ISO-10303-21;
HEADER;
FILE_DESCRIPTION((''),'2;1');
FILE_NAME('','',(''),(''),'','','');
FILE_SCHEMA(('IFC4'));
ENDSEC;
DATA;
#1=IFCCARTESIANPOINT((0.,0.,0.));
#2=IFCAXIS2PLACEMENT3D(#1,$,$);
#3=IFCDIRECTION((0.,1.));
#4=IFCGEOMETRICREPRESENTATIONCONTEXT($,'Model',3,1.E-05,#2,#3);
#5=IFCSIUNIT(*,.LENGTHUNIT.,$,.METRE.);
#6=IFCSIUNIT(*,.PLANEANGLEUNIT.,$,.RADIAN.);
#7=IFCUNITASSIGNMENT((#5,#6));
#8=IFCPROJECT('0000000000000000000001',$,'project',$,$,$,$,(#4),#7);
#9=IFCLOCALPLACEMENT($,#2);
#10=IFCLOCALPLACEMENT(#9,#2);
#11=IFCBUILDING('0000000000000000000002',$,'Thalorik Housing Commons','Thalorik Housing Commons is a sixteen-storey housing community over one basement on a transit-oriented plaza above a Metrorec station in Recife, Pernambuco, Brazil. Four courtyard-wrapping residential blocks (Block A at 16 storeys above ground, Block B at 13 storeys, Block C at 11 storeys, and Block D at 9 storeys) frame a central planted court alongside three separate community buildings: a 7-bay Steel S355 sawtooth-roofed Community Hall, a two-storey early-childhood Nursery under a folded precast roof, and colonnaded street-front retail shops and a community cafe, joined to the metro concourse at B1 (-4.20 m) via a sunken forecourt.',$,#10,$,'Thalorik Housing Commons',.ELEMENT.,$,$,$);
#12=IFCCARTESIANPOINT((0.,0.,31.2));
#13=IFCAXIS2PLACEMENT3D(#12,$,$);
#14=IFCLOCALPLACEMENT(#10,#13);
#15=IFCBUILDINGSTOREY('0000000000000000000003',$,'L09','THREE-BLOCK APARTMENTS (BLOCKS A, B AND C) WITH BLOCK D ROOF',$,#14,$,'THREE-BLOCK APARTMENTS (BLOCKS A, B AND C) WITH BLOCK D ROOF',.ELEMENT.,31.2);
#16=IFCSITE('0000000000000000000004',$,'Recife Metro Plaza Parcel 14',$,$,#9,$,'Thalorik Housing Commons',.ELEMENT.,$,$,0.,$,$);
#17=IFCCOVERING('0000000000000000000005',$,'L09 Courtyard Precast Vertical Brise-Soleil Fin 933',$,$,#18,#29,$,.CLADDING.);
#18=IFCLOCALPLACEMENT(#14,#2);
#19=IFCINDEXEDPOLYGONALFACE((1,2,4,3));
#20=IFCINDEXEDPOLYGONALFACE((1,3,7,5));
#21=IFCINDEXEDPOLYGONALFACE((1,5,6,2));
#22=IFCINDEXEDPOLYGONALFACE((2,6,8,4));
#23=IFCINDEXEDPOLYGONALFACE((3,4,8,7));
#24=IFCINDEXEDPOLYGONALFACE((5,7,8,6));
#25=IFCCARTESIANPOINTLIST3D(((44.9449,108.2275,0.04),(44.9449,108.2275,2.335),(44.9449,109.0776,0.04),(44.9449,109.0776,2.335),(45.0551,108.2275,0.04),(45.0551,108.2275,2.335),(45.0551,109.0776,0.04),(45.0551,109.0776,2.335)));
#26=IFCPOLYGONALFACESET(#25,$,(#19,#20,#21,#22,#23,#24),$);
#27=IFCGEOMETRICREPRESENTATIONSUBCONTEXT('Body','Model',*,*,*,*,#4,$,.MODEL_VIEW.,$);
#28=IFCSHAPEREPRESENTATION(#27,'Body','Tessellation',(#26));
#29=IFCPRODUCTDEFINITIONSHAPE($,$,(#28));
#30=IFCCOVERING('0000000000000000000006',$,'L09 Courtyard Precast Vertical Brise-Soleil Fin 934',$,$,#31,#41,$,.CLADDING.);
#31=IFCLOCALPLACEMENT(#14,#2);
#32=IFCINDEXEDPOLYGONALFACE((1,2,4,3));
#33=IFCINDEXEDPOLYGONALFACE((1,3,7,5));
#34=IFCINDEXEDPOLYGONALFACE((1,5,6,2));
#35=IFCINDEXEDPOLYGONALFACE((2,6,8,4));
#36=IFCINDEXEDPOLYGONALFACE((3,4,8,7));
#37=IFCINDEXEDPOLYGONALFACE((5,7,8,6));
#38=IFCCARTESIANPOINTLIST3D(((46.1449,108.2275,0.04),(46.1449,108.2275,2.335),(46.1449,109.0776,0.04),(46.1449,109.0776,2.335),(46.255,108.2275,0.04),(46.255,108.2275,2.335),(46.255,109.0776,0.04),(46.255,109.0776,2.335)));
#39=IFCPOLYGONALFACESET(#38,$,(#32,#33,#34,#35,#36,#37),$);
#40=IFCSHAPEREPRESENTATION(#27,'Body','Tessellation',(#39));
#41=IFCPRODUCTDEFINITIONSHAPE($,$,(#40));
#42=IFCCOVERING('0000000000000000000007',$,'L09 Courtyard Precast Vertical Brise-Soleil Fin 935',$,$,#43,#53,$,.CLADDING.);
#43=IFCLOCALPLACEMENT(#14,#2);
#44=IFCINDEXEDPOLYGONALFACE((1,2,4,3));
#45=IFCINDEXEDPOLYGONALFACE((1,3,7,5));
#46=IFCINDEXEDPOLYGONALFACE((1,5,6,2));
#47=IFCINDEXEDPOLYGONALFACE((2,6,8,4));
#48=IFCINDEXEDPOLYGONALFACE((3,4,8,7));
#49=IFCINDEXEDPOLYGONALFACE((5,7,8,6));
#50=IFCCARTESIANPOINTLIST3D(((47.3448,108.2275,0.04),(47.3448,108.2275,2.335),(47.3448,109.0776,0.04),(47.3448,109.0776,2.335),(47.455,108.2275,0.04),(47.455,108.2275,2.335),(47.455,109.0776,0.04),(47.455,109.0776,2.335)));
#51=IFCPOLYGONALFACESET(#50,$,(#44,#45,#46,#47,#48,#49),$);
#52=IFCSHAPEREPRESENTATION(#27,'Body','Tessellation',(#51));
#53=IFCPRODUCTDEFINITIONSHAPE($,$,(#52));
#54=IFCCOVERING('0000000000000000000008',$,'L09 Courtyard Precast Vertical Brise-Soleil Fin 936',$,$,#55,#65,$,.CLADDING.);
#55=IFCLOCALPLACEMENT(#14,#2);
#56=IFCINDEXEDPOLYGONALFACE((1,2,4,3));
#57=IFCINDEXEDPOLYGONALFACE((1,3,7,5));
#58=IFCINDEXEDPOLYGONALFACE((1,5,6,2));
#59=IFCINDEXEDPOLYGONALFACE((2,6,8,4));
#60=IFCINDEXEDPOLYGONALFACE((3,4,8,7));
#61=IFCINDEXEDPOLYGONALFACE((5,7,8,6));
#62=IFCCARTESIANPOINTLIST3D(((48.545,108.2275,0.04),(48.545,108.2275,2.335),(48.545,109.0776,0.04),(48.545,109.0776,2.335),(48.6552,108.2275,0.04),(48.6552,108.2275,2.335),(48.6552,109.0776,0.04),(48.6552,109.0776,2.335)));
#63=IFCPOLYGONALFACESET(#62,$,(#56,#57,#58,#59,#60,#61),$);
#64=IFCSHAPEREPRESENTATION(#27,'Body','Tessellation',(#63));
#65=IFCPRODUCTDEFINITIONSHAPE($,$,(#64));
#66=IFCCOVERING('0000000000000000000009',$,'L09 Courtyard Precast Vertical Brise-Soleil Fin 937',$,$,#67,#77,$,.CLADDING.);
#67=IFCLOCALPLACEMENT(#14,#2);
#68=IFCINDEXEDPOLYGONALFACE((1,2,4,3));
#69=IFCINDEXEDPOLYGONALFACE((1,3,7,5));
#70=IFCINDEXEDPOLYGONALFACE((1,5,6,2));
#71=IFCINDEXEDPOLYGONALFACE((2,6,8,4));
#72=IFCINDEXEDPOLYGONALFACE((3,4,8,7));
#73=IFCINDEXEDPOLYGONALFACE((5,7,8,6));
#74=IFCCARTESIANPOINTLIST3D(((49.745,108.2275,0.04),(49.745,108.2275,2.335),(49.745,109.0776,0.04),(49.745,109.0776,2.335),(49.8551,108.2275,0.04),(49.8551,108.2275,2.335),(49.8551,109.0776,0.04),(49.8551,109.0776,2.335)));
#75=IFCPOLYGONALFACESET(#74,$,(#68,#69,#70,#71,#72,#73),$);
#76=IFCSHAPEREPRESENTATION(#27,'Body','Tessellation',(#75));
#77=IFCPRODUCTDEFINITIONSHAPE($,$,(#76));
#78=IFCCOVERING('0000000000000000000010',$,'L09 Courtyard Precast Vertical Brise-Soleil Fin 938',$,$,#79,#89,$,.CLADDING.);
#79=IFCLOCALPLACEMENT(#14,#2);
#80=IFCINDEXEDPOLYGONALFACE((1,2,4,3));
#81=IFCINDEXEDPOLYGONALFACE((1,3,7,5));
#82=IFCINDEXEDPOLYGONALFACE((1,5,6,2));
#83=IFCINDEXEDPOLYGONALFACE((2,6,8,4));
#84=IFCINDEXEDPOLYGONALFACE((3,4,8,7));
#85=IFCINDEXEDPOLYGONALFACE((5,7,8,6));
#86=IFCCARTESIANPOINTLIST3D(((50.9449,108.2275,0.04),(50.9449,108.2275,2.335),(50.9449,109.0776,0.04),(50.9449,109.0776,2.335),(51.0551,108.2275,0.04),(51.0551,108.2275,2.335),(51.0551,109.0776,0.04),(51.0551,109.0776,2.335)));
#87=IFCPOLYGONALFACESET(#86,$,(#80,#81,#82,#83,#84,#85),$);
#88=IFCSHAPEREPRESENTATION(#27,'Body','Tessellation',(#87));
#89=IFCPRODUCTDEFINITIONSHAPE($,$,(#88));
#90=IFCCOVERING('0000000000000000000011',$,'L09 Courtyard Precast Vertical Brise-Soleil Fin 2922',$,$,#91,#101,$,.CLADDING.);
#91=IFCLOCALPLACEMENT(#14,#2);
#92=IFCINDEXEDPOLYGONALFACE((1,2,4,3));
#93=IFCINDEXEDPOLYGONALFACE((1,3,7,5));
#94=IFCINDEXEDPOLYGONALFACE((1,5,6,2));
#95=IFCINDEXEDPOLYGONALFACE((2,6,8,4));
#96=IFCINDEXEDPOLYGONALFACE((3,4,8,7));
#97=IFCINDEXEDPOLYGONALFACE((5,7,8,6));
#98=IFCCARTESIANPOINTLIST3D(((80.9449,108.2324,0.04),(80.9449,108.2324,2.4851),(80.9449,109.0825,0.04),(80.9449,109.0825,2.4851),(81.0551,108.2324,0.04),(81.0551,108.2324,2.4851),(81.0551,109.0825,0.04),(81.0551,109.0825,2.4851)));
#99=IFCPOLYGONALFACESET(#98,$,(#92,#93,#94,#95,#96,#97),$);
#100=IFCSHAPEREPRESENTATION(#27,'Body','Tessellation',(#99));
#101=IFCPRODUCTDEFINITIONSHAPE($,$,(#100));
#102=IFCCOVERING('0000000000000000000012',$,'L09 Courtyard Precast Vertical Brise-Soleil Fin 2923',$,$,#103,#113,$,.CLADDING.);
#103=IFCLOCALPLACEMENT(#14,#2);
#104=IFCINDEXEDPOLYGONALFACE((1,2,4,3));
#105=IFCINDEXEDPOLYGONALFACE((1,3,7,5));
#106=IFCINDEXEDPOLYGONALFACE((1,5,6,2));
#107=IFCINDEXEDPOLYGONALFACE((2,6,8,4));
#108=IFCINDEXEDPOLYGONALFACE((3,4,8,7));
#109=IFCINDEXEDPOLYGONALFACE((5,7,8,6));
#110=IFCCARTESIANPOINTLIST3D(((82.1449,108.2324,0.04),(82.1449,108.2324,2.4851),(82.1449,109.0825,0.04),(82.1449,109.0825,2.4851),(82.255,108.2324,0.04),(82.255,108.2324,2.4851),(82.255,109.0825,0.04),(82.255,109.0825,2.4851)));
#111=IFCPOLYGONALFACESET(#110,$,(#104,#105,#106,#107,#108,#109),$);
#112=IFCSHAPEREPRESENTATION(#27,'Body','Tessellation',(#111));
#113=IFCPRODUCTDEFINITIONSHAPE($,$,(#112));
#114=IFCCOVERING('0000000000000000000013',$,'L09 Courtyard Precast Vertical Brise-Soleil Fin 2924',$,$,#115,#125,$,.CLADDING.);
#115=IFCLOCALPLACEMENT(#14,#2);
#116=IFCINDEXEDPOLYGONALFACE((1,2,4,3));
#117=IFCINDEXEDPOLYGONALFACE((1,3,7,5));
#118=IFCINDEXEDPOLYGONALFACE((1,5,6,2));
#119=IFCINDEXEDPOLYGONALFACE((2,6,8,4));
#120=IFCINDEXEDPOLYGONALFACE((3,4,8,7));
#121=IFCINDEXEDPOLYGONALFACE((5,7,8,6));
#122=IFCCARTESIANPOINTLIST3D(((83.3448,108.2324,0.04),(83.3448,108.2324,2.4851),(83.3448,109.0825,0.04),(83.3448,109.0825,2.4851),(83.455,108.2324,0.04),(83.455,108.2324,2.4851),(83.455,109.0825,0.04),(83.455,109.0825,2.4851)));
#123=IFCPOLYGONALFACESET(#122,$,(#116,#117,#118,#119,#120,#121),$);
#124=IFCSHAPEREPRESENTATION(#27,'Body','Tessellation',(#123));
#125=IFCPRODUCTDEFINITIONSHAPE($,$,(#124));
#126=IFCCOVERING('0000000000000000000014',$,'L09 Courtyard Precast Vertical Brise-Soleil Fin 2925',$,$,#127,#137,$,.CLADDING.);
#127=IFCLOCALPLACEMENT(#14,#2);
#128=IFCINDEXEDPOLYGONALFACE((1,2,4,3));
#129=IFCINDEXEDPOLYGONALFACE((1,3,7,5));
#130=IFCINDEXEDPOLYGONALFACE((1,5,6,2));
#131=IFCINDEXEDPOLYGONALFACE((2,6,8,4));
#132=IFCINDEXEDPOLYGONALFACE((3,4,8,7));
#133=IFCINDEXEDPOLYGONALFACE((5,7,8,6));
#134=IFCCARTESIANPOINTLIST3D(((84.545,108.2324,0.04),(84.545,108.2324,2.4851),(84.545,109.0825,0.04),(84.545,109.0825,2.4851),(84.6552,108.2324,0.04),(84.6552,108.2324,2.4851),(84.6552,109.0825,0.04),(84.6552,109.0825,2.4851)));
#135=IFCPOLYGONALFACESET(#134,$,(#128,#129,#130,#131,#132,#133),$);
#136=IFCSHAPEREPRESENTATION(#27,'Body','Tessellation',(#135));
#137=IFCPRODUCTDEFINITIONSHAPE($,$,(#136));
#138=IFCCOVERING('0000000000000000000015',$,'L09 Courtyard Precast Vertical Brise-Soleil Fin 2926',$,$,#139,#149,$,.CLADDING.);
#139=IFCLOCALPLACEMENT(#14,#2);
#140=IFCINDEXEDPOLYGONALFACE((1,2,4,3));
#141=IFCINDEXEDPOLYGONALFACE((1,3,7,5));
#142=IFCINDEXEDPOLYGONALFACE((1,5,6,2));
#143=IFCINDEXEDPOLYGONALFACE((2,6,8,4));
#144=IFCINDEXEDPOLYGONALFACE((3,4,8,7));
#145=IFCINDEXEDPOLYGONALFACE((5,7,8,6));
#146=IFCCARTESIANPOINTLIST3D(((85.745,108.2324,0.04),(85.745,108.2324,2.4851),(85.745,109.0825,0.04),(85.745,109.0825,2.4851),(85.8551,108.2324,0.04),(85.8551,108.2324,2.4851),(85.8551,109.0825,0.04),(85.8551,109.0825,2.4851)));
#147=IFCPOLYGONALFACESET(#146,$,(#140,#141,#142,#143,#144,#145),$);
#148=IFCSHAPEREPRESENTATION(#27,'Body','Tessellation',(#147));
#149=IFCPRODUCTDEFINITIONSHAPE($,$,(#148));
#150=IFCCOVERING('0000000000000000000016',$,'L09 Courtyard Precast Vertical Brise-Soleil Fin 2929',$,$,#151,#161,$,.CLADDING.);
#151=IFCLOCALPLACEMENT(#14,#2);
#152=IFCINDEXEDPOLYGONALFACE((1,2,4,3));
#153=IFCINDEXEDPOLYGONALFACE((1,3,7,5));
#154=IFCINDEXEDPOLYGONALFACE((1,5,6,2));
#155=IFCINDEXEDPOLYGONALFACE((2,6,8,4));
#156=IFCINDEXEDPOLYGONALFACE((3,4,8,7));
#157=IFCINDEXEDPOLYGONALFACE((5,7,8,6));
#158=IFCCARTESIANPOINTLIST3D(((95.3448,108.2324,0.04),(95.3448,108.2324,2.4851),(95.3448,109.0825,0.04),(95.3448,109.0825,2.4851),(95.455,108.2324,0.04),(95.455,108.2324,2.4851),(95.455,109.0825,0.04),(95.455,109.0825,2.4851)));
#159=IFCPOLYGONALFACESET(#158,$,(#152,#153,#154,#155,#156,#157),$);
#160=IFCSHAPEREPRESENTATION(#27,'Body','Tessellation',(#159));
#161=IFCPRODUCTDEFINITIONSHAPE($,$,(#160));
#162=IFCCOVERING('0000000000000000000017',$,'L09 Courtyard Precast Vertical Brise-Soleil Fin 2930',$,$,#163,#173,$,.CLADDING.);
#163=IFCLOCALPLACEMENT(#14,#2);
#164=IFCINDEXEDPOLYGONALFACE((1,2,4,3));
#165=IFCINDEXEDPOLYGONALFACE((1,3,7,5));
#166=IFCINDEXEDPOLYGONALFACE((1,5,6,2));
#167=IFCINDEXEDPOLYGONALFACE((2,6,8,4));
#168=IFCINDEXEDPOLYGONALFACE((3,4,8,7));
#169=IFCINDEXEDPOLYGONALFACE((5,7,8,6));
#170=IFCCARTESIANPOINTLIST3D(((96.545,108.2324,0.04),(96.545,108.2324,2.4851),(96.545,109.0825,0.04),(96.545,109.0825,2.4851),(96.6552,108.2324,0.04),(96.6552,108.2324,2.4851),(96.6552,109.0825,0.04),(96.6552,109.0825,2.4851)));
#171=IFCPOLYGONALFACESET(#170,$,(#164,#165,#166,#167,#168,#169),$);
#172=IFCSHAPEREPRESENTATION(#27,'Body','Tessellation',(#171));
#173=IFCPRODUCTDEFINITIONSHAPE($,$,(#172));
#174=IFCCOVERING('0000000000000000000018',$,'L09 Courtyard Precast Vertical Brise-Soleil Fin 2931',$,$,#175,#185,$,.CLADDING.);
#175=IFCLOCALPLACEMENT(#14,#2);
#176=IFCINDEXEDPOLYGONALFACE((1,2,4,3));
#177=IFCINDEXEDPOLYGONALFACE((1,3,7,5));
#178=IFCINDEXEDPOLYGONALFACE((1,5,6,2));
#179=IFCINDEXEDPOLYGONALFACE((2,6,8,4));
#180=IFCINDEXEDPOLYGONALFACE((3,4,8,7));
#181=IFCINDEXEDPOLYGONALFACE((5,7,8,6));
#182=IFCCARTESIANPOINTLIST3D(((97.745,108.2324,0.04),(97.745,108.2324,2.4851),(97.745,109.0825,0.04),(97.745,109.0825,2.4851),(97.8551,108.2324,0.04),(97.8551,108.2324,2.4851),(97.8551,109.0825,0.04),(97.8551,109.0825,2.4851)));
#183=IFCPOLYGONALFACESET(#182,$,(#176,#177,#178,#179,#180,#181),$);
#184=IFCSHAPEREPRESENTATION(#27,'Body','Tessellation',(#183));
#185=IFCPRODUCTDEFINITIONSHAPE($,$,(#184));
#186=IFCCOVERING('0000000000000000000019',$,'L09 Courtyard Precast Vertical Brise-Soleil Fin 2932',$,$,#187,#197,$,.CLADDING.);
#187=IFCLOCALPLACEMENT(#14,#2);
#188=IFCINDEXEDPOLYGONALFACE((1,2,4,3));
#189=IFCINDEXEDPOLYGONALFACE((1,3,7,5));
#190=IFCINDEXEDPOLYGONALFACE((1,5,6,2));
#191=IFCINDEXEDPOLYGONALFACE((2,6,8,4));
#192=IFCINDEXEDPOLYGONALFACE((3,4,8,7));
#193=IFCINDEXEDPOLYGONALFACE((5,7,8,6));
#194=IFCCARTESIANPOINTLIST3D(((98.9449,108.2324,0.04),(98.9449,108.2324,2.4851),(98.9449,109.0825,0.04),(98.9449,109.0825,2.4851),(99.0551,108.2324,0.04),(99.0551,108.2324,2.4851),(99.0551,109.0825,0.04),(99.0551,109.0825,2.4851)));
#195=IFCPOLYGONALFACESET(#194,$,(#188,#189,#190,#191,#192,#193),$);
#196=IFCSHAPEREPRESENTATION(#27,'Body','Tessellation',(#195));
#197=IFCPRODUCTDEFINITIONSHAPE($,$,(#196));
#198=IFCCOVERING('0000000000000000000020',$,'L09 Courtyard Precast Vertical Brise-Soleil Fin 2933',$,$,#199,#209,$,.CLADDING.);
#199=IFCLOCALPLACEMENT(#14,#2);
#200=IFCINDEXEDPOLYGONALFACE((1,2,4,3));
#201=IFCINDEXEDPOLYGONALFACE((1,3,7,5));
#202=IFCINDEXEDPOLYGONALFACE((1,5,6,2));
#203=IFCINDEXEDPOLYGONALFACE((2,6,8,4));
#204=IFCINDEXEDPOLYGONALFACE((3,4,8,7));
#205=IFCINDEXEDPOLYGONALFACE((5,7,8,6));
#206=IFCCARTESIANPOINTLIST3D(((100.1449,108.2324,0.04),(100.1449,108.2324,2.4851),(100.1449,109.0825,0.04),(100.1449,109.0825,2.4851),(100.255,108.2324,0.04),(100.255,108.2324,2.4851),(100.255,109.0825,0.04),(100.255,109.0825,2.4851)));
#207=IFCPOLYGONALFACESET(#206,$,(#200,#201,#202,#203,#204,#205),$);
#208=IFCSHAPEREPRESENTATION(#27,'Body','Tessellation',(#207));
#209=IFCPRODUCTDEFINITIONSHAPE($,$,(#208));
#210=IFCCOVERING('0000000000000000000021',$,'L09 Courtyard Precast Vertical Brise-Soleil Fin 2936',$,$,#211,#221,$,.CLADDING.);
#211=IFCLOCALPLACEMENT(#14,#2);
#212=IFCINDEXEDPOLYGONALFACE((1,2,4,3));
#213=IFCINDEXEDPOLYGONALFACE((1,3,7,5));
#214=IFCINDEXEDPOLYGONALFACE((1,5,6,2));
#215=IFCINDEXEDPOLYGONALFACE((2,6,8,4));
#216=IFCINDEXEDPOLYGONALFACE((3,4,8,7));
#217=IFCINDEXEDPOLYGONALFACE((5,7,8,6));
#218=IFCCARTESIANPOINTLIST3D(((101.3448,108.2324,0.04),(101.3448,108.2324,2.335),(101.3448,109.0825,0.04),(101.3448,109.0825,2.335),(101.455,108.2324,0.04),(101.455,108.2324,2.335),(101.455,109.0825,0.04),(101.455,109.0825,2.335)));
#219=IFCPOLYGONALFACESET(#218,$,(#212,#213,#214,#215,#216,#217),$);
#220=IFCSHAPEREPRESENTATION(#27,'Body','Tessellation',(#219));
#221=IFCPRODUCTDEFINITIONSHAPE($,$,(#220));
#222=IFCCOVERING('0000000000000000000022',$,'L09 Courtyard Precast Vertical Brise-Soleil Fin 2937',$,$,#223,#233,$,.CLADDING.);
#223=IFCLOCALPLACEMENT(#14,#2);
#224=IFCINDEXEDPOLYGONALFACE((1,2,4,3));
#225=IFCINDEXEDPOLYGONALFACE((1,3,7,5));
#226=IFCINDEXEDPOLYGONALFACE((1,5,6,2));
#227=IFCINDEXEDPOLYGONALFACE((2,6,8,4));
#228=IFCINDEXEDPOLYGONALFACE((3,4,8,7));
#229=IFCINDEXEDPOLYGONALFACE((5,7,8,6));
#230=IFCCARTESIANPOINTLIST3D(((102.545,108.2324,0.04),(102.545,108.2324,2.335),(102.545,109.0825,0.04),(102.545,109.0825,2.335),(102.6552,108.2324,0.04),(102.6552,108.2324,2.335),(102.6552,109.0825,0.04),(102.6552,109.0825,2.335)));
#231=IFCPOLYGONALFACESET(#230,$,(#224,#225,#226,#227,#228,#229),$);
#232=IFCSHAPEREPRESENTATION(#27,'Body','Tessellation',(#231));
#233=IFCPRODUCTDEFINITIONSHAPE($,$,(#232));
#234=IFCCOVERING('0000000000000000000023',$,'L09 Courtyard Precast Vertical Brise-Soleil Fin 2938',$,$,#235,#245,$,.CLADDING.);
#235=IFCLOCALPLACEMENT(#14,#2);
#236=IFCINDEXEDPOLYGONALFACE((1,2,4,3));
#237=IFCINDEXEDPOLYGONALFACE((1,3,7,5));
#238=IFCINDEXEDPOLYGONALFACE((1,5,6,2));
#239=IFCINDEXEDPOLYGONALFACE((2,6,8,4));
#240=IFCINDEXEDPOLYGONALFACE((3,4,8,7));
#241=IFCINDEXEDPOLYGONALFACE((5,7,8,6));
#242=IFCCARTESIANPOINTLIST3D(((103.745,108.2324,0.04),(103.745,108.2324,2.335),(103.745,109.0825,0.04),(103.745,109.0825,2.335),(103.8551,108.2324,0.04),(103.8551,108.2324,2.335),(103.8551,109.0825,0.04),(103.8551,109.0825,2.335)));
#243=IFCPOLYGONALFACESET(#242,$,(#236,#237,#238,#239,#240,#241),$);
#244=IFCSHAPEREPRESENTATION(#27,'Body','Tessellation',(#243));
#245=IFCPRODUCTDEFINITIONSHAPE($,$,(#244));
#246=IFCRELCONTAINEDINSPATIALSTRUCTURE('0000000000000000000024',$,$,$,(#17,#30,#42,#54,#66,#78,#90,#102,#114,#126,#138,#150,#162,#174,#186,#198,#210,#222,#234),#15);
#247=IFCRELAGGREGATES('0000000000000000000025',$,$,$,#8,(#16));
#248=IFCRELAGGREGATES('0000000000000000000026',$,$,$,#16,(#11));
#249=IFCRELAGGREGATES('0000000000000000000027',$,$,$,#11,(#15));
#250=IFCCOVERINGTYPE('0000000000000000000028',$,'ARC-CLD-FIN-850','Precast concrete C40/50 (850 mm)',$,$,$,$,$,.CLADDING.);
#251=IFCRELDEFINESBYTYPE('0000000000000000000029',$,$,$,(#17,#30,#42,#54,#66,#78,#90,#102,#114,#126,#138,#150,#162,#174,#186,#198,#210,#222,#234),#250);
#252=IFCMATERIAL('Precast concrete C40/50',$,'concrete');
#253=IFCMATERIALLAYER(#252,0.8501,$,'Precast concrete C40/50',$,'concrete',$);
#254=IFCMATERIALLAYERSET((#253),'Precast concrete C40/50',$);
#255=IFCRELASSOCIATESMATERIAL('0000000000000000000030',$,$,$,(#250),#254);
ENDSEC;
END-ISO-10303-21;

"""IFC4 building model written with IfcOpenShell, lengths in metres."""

from ifc_helpers import new_model, si_unit, direction, frame, origin, origin_2d, place, context, subcontext, project, spatial, rectangle, extrude, material, layer, layer_set, type_object, element, save


model = new_model("IFC4")

# Units and contexts
model_context = context("Model", 3, precision=1e-05, world=origin(), true_north=direction((0.0, 1.0)))
body_context = subcontext(model_context, "Body", "Model", "MODEL_VIEW")
ifc_project = project(units=[si_unit("LENGTHUNIT", "METRE"), si_unit("PLANEANGLEUNIT", "RADIAN")], contexts=[model_context])

# Site, building, storey
site_placement = place(None, origin())
site = spatial("IfcSite", under=ifc_project, at=site_placement, Name="Recife Metro Plaza Parcel 14", LongName="Thalorik Housing Commons", CompositionType="ELEMENT", RefElevation=0.0)
building_placement = place(site_placement, origin())
building = spatial("IfcBuilding", under=site, at=building_placement, Name="Thalorik Housing Commons", Description="Thalorik Housing Commons is a sixteen-storey housing community over one basement on a transit-oriented plaza above a Metrorec station in Recife, Pernambuco, Brazil. Four courtyard-wrapping residential blocks (Block A at 16 storeys above ground, Block B at 13 storeys, Block C at 11 storeys, and Block D at 9 storeys) frame a central planted court alongside three separate community buildings: a 7-bay Steel S355 sawtooth-roofed Community Hall, a two-storey early-childhood Nursery under a folded precast roof, and colonnaded street-front retail shops and a community cafe, joined to the metro concourse at B1 (-4.20 m) via a sunken forecourt.", LongName="Thalorik Housing Commons", CompositionType="ELEMENT")
storey_placement = place(building_placement, frame((0.0, 0.0, 31.2)))
storey = spatial("IfcBuildingStorey", under=building, at=storey_placement, Name="L09", Description="THREE-BLOCK APARTMENTS (BLOCKS A, B AND C) WITH BLOCK D ROOF", LongName="THREE-BLOCK APARTMENTS (BLOCKS A, B AND C) WITH BLOCK D ROOF", CompositionType="ELEMENT", Elevation=31.2)

# Coverings
ifc_material = material(Name="Precast concrete C40/50", Category="concrete")
ifc_layer = layer(ifc_material, 0.8501, Name="Precast concrete C40/50", Category="concrete")
ifc_layer_set = layer_set([ifc_layer], Name="Precast concrete C40/50")
covering_type = type_object("IfcCoveringType", Name="ARC-CLD-FIN-850", Description="Precast concrete C40/50 (850 mm)", PredefinedType="CLADDING", material=ifc_layer_set)
for number, where, z_axis, x_axis, name in (
    (1, (45.0, 108.6526, 0.04), (0.0, 0.0, 1.0), (1.0, 0.0, 0.0), "L09 Courtyard Precast Vertical Brise-Soleil Fin 933"),
    (2, (46.2, 108.6526, 0.04), (0.0, 0.0, 1.0), (1.0, 0.0, 0.0), "L09 Courtyard Precast Vertical Brise-Soleil Fin 934"),
    (3, (47.3999, 108.6526, 0.04), (0.0, 0.0, 1.0), (1.0, 0.0, 0.0), "L09 Courtyard Precast Vertical Brise-Soleil Fin 935"),
    (4, (48.6001, 108.6526, 0.04), (0.0, 0.0, 1.0), (1.0, 0.0, 0.0), "L09 Courtyard Precast Vertical Brise-Soleil Fin 936"),
    (5, (49.8, 108.6526, 0.04), (0.0, 0.0, 1.0), (1.0, 0.0, 0.0), "L09 Courtyard Precast Vertical Brise-Soleil Fin 937"),
    (6, (51.0, 108.6526, 0.04), (0.0, 0.0, 1.0), (1.0, 0.0, 0.0), "L09 Courtyard Precast Vertical Brise-Soleil Fin 938"),
):
    element("IfcCovering", number, at=place(storey_placement, frame(where, z_axis=z_axis, x_axis=x_axis)), inside=storey, type_object=covering_type, Name=name, PredefinedType="CLADDING", context=body_context, shape_type="SweptSolid", body=[
        extrude(rectangle(XDim=0.1101, YDim=0.8501, at=origin_2d()), origin(), (0.0, 0.0, 1.0), 2.2949),
    ])
for number, where, z_axis, x_axis, name in (
    (7, (81.0, 108.6575, 0.04), (0.0, 0.0, 1.0), (1.0, 0.0, 0.0), "L09 Courtyard Precast Vertical Brise-Soleil Fin 2922"),
    (8, (82.2, 108.6575, 0.04), (0.0, 0.0, 1.0), (1.0, 0.0, 0.0), "L09 Courtyard Precast Vertical Brise-Soleil Fin 2923"),
    (9, (83.3999, 108.6575, 0.04), (0.0, 0.0, 1.0), (1.0, 0.0, 0.0), "L09 Courtyard Precast Vertical Brise-Soleil Fin 2924"),
    (10, (84.6001, 108.6575, 0.04), (0.0, 0.0, 1.0), (1.0, 0.0, 0.0), "L09 Courtyard Precast Vertical Brise-Soleil Fin 2925"),
    (11, (85.8, 108.6575, 0.04), (0.0, 0.0, 1.0), (1.0, 0.0, 0.0), "L09 Courtyard Precast Vertical Brise-Soleil Fin 2926"),
    (12, (95.3999, 108.6575, 0.04), (0.0, 0.0, 1.0), (1.0, 0.0, 0.0), "L09 Courtyard Precast Vertical Brise-Soleil Fin 2929"),
    (13, (96.6001, 108.6575, 0.04), (0.0, 0.0, 1.0), (1.0, 0.0, 0.0), "L09 Courtyard Precast Vertical Brise-Soleil Fin 2930"),
    (14, (97.8, 108.6575, 0.04), (0.0, 0.0, 1.0), (1.0, 0.0, 0.0), "L09 Courtyard Precast Vertical Brise-Soleil Fin 2931"),
    (15, (99.0, 108.6575, 0.04), (0.0, 0.0, 1.0), (1.0, 0.0, 0.0), "L09 Courtyard Precast Vertical Brise-Soleil Fin 2932"),
    (16, (100.2, 108.6575, 0.04), (0.0, 0.0, 1.0), (1.0, 0.0, 0.0), "L09 Courtyard Precast Vertical Brise-Soleil Fin 2933"),
):
    element("IfcCovering", number, at=place(storey_placement, frame(where, z_axis=z_axis, x_axis=x_axis)), inside=storey, type_object=covering_type, Name=name, PredefinedType="CLADDING", context=body_context, shape_type="SweptSolid", body=[
        extrude(rectangle(XDim=0.1101, YDim=0.8501, at=origin_2d()), origin(), (0.0, 0.0, 1.0), 2.4451),
    ])
for number, where, z_axis, x_axis, name in (
    (17, (101.3999, 108.6575, 0.04), (0.0, 0.0, 1.0), (1.0, 0.0, 0.0), "L09 Courtyard Precast Vertical Brise-Soleil Fin 2936"),
    (18, (102.6001, 108.6575, 0.04), (0.0, 0.0, 1.0), (1.0, 0.0, 0.0), "L09 Courtyard Precast Vertical Brise-Soleil Fin 2937"),
    (19, (103.8, 108.6575, 0.04), (0.0, 0.0, 1.0), (1.0, 0.0, 0.0), "L09 Courtyard Precast Vertical Brise-Soleil Fin 2938"),
):
    element("IfcCovering", number, at=place(storey_placement, frame(where, z_axis=z_axis, x_axis=x_axis)), inside=storey, type_object=covering_type, Name=name, PredefinedType="CLADDING", context=body_context, shape_type="SweptSolid", body=[
        extrude(rectangle(XDim=0.1101, YDim=0.8501, at=origin_2d()), origin(), (0.0, 0.0, 1.0), 2.2949),
    ])

save(model, "model.ifc")
